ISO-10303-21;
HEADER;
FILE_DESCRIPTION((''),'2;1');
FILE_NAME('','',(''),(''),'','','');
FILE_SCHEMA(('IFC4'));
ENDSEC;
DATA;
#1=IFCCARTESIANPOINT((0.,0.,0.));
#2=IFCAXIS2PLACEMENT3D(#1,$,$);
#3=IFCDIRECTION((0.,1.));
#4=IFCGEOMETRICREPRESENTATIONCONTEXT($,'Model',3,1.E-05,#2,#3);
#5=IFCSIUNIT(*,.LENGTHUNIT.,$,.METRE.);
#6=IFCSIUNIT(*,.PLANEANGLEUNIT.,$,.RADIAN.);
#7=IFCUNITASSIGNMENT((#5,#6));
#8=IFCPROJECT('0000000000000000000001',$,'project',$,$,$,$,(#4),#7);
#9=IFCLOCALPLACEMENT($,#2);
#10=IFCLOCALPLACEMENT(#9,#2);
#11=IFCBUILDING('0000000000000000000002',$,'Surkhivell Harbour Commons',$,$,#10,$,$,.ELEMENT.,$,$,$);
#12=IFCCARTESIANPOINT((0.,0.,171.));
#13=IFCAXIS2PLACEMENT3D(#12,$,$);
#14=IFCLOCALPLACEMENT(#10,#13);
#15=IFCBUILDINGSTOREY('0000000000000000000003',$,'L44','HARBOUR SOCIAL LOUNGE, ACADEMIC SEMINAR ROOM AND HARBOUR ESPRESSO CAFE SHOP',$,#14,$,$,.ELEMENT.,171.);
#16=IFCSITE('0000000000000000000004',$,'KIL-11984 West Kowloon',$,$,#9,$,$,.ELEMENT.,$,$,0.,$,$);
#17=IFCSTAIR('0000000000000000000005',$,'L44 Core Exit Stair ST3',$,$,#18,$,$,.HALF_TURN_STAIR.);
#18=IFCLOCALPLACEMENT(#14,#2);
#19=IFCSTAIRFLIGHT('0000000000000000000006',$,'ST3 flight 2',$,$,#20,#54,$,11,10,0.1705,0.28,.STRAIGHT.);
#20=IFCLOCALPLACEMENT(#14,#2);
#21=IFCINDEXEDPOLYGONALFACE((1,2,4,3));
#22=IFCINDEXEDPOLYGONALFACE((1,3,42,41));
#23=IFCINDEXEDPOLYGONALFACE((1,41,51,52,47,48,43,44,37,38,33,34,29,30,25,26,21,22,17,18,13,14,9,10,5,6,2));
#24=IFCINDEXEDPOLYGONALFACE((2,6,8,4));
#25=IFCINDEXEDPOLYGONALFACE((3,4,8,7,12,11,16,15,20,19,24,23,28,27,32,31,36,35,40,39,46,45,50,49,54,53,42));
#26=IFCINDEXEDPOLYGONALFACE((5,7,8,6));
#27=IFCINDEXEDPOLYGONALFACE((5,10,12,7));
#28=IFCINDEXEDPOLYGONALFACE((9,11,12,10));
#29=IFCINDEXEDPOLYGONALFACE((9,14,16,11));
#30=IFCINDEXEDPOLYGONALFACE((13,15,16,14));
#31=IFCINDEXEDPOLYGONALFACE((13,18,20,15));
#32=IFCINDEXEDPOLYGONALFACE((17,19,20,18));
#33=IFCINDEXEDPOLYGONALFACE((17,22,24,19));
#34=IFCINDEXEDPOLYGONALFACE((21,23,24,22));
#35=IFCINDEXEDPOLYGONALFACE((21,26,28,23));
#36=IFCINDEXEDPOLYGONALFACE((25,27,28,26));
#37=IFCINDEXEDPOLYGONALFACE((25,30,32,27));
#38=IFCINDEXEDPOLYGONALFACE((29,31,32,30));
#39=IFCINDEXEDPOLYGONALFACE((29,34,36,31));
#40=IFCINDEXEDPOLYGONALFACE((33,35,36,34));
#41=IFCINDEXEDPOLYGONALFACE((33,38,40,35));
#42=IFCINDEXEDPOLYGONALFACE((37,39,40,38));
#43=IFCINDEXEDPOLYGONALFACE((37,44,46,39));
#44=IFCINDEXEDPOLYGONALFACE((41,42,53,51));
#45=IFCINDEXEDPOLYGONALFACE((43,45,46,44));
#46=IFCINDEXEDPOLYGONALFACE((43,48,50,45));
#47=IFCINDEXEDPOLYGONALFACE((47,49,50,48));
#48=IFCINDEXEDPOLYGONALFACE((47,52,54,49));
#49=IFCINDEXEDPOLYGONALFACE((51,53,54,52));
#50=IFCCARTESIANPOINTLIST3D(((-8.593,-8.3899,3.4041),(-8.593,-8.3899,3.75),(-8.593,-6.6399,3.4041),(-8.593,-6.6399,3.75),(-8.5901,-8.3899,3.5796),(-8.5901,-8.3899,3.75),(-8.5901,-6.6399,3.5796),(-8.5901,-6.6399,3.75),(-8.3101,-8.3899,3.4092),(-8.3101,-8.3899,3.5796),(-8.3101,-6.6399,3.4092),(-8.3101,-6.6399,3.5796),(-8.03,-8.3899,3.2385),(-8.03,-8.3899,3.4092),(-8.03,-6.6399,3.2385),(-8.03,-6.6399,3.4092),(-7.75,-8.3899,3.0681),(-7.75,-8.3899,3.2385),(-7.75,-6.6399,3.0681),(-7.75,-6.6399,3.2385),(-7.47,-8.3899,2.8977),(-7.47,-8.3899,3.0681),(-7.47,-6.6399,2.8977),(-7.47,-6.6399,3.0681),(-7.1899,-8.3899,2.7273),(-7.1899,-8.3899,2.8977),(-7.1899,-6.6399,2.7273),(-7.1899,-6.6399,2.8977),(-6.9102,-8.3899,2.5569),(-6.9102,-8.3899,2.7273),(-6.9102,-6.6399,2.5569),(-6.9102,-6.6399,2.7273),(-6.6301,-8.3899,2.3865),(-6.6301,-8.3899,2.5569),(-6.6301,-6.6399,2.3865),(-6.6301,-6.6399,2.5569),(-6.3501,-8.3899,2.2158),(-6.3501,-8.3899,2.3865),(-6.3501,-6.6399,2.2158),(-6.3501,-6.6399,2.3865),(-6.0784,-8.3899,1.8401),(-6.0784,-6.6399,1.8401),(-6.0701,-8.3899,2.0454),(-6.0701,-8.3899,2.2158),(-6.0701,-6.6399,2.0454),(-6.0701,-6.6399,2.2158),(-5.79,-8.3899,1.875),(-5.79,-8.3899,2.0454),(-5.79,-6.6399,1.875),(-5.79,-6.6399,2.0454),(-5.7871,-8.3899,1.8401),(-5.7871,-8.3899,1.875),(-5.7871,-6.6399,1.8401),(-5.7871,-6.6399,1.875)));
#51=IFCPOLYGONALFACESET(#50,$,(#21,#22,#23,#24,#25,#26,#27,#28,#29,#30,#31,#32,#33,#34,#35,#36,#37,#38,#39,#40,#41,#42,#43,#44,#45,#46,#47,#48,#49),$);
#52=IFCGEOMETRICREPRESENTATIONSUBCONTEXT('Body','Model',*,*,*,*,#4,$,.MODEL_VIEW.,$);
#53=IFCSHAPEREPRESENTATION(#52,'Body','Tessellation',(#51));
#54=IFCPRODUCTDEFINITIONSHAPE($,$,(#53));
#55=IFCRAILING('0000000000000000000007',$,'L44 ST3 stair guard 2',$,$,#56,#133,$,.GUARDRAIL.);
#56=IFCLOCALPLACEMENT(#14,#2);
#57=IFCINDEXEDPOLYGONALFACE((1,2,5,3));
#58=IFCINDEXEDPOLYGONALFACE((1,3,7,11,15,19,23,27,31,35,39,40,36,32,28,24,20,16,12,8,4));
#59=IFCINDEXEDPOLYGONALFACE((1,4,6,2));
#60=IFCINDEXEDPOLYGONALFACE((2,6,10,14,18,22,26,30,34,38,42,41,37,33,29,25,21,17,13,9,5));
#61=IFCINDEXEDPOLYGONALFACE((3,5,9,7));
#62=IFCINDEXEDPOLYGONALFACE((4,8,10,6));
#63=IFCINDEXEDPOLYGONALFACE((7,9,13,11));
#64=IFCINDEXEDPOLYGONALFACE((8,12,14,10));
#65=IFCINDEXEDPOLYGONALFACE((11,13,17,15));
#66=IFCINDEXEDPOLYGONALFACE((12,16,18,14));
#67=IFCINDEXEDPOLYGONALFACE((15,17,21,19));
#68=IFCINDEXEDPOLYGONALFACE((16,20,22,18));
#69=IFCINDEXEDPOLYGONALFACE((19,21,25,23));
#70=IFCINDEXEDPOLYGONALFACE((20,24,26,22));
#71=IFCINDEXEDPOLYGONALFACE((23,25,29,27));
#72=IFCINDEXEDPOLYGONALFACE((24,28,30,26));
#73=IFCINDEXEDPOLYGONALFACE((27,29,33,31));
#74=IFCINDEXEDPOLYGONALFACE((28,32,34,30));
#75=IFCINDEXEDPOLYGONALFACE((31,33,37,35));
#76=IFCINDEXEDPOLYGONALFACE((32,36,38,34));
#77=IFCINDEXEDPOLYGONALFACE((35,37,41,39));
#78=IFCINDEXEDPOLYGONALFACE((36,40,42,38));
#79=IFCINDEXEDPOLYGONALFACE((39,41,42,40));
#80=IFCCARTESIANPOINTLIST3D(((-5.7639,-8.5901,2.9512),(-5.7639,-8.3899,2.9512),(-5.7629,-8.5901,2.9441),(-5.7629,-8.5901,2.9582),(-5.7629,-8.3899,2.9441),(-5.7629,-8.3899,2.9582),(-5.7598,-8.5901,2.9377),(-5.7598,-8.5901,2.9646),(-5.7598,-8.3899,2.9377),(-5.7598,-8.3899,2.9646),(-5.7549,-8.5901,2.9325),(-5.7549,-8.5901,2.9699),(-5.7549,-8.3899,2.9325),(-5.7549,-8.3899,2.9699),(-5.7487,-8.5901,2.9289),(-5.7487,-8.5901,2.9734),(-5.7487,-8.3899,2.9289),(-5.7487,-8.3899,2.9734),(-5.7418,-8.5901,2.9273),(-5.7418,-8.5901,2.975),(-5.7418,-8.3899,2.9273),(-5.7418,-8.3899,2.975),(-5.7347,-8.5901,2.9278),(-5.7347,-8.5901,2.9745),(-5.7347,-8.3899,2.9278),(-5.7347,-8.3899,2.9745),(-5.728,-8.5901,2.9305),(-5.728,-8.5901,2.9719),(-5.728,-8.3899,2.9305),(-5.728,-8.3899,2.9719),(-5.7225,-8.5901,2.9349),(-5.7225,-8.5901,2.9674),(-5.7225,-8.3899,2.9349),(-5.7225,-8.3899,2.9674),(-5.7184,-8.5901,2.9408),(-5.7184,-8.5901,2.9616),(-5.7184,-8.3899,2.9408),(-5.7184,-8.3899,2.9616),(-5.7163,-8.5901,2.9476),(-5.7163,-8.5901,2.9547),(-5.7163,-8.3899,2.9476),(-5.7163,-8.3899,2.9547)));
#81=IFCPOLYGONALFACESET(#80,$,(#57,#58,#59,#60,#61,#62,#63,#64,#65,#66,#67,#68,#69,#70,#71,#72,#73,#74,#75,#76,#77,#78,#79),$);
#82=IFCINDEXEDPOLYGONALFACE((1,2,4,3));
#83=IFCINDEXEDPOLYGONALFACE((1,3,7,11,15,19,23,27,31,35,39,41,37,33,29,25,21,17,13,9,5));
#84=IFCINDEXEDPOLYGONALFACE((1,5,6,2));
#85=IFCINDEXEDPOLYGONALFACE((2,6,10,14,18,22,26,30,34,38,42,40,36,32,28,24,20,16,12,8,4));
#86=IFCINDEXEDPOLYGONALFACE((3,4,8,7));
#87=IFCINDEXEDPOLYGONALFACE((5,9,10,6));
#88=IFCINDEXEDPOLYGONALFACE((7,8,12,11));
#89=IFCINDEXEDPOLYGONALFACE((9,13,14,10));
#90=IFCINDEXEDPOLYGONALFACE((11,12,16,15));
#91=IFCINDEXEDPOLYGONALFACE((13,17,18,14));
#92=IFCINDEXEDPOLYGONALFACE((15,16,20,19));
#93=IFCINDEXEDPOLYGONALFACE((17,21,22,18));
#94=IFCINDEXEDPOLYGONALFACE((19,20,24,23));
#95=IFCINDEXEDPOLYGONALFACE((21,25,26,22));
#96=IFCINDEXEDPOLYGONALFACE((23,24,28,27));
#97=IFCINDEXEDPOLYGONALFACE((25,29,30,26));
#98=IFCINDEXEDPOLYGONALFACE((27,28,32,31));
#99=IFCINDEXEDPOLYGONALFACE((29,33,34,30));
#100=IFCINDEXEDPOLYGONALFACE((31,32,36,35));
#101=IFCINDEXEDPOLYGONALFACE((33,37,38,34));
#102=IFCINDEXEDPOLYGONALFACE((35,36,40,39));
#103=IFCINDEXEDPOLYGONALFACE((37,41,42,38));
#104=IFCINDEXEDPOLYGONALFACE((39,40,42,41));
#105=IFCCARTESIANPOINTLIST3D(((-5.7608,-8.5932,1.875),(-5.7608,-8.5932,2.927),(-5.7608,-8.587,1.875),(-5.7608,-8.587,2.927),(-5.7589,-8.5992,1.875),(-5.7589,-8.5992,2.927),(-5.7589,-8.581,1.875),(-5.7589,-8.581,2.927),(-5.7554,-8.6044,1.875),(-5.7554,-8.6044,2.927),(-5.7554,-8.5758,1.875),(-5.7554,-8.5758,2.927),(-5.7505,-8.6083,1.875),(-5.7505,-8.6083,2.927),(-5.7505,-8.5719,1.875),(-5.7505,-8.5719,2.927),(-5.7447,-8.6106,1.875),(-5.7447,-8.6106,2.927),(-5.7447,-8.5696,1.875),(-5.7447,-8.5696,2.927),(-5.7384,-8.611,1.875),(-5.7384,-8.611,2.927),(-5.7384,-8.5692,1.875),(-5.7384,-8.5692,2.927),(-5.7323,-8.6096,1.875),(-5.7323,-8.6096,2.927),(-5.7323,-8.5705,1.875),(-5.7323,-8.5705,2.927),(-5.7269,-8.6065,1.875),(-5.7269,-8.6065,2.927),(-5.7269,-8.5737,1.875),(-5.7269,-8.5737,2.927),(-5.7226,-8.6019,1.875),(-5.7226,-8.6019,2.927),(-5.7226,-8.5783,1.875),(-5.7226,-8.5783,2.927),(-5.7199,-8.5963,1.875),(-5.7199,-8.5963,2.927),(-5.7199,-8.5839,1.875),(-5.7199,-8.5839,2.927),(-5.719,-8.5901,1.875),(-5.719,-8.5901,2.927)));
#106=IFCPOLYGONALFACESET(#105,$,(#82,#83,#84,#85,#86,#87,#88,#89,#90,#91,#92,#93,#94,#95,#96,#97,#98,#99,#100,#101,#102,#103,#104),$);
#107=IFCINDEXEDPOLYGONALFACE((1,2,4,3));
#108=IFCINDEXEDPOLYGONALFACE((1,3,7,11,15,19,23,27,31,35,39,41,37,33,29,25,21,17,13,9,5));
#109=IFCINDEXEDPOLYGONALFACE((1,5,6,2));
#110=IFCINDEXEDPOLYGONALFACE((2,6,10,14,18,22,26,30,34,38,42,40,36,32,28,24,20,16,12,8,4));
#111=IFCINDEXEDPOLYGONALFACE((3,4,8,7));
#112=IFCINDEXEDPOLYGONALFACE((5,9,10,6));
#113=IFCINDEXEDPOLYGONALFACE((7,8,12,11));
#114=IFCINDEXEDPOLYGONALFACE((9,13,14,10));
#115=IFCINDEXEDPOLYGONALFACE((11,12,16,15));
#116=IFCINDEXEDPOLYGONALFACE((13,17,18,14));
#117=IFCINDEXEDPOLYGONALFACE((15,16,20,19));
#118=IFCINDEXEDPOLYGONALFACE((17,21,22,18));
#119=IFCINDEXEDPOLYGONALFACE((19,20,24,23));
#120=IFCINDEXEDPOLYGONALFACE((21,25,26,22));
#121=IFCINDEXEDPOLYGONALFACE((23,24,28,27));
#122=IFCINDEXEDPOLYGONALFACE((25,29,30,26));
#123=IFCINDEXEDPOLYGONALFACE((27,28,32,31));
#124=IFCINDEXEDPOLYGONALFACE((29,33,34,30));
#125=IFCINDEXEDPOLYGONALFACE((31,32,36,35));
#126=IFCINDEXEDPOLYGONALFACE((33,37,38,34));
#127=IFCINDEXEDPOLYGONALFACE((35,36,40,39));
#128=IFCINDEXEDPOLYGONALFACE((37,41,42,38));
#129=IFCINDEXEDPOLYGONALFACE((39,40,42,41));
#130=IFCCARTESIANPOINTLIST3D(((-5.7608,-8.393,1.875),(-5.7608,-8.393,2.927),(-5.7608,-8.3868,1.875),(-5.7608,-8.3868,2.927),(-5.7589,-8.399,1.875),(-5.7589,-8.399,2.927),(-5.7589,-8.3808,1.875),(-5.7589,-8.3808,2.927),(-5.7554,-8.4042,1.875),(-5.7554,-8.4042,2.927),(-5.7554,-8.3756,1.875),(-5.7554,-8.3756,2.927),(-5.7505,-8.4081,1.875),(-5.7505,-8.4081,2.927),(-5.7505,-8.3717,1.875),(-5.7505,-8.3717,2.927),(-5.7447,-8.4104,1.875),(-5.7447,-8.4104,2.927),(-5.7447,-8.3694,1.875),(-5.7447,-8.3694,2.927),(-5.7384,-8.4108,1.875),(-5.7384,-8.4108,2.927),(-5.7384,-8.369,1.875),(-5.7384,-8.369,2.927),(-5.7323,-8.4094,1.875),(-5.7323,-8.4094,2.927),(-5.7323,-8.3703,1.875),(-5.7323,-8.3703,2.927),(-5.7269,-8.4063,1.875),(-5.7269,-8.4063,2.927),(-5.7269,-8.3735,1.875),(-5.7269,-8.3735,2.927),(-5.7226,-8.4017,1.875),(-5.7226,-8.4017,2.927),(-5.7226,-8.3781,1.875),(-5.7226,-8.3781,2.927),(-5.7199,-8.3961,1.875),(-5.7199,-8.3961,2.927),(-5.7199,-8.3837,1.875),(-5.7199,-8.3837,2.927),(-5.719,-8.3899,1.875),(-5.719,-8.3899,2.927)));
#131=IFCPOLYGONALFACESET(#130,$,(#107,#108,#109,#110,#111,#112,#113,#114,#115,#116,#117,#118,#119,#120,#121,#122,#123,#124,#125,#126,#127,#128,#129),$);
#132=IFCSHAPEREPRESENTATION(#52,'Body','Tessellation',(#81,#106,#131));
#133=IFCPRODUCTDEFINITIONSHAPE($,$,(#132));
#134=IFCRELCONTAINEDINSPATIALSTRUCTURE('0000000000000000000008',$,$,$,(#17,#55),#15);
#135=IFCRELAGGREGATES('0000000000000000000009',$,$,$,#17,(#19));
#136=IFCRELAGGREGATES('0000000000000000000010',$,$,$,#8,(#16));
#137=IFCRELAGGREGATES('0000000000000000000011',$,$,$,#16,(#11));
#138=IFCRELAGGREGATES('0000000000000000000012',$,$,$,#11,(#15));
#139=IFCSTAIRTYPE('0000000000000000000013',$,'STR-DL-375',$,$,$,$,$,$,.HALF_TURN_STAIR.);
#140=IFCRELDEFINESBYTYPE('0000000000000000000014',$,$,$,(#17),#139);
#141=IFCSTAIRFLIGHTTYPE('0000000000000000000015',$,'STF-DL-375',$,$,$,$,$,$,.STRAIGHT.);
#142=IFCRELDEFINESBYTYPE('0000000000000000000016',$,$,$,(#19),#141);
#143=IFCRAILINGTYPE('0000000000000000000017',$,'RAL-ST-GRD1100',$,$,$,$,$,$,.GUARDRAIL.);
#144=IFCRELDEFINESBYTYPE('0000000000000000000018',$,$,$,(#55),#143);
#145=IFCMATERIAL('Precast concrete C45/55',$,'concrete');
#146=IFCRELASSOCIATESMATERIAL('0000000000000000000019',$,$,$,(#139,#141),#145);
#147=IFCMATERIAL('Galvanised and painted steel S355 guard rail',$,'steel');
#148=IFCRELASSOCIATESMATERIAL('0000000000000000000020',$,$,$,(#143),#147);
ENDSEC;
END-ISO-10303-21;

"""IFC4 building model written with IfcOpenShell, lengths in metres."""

from ifc_helpers import new_model, si_unit, direction, frame, origin, origin_2d, place, context, subcontext, project, spatial, polyline, circle, outline, extrude, material, type_object, element, aggregate, save


model = new_model("IFC4")

# Units and contexts
model_context = context("Model", 3, precision=1e-05, world=origin(), true_north=direction((0.0, 1.0)))
body_context = subcontext(model_context, "Body", "Model", "MODEL_VIEW")
ifc_project = project(units=[si_unit("LENGTHUNIT", "METRE"), si_unit("PLANEANGLEUNIT", "RADIAN")], contexts=[model_context])

# Site, building, storey
site_placement = place(None, origin())
site = spatial("IfcSite", under=ifc_project, at=site_placement, Name="KIL-11984 West Kowloon", CompositionType="ELEMENT", RefElevation=0.0)
building_placement = place(site_placement, origin())
building = spatial("IfcBuilding", under=site, at=building_placement, Name="Surkhivell Harbour Commons", CompositionType="ELEMENT")
storey_placement = place(building_placement, frame((0.0, 0.0, 171.0)))
storey = spatial("IfcBuildingStorey", under=building, at=storey_placement, Name="L44", Description="HARBOUR SOCIAL LOUNGE, ACADEMIC SEMINAR ROOM AND HARBOUR ESPRESSO CAFE SHOP", CompositionType="ELEMENT", Elevation=171.0)

# Stair, stair flight
ifc_material_1 = material(Name="Precast concrete C45/55", Category="concrete")
stair_type = type_object("IfcStairType", Name="STR-DL-375", PredefinedType="HALF_TURN_STAIR", material=ifc_material_1)
stair_placement = place(storey_placement, origin())
stair = element("IfcStair", 1, at=stair_placement, inside=storey, type_object=stair_type, Name="L44 Core Exit Stair ST3", PredefinedType="HALF_TURN_STAIR")
stair_flight_type = type_object("IfcStairFlightType", Name="STF-DL-375", PredefinedType="STRAIGHT", material=ifc_material_1)
stair_flight_placement = place(storey_placement, frame((-5.79, -7.5149, 1.875), z_axis=(0.0, 0.0, 1.0), x_axis=(-1.0, 0.0, 0.0)))
stair_flight = element("IfcStairFlight", 2, at=stair_flight_placement, type_object=stair_flight_type, Name="ST3 flight 2", NumberOfRisers=11, NumberOfTreads=10, PredefinedType="STRAIGHT", RiserHeight=0.1705, TreadLength=0.28, context=body_context, shape_type="SweptSolid", body=[
    extrude(outline(polyline([(-0.0029, -0.0349), (-0.0029, 0.0), (0.0, 0.0), (0.0, 0.1704), (0.28, 0.1704), (0.28, 0.3408), (0.5601, 0.3408), (0.5601, 0.5115), (0.8401, 0.5115), (0.8401, 0.6819), (1.1201, 0.6819), (1.1201, 0.8523), (1.3999, 0.8523), (1.3999, 1.0227), (1.6799, 1.0227), (1.6799, 1.1931), (1.96, 1.1931), (1.96, 1.3635), (2.24, 1.3635), (2.24, 1.5342), (2.52, 1.5342), (2.52, 1.7046), (2.8, 1.7046), (2.8, 1.875), (2.803, 1.875), (2.803, 1.5291), (0.2883, -0.0349), (-0.0029, -0.0349)])), frame((0.0, 0.875, 0.0), z_axis=(0.0, -1.0, 0.0), x_axis=(1.0, 0.0, 0.0)), (0.0, 0.0, 1.0), 1.75),
])
aggregate(stair, [stair_flight])

# Railing
ifc_material_2 = material(Name="Galvanised and painted steel S355 guard rail", Category="steel")
railing_type_1 = type_object("IfcRailingType", Name="RAL-ST-GRD1100", PredefinedType="GUARDRAIL", material=ifc_material_2)
railing_1_placement = place(storey_placement, frame((-5.74, -8.5901, 1.875)))
element("IfcRailing", 3, at=railing_1_placement, inside=storey, type_object=railing_type_1, Name="L44 ST3 stair guard 2", PredefinedType="GUARDRAIL", context=body_context, shape_type="SweptSolid", body=[
    extrude(circle(Radius=0.0239, at=origin_2d()), frame((0.0, 0.0, 1.0762), z_axis=(0.0, 1.0, 0.0), x_axis=(-1.0, 0.0, 0.0)), (0.0, 0.0, 1.0), 0.2002),
    extrude(circle(Radius=0.021, at=origin_2d()), origin(), (0.0, 0.0, 1.0), 1.052),
    extrude(circle(Radius=0.021, at=origin_2d()), frame((0.0, 0.2002, 0.0)), (0.0, 0.0, 1.0), 1.052),
])

save(model, "model.ifc")
